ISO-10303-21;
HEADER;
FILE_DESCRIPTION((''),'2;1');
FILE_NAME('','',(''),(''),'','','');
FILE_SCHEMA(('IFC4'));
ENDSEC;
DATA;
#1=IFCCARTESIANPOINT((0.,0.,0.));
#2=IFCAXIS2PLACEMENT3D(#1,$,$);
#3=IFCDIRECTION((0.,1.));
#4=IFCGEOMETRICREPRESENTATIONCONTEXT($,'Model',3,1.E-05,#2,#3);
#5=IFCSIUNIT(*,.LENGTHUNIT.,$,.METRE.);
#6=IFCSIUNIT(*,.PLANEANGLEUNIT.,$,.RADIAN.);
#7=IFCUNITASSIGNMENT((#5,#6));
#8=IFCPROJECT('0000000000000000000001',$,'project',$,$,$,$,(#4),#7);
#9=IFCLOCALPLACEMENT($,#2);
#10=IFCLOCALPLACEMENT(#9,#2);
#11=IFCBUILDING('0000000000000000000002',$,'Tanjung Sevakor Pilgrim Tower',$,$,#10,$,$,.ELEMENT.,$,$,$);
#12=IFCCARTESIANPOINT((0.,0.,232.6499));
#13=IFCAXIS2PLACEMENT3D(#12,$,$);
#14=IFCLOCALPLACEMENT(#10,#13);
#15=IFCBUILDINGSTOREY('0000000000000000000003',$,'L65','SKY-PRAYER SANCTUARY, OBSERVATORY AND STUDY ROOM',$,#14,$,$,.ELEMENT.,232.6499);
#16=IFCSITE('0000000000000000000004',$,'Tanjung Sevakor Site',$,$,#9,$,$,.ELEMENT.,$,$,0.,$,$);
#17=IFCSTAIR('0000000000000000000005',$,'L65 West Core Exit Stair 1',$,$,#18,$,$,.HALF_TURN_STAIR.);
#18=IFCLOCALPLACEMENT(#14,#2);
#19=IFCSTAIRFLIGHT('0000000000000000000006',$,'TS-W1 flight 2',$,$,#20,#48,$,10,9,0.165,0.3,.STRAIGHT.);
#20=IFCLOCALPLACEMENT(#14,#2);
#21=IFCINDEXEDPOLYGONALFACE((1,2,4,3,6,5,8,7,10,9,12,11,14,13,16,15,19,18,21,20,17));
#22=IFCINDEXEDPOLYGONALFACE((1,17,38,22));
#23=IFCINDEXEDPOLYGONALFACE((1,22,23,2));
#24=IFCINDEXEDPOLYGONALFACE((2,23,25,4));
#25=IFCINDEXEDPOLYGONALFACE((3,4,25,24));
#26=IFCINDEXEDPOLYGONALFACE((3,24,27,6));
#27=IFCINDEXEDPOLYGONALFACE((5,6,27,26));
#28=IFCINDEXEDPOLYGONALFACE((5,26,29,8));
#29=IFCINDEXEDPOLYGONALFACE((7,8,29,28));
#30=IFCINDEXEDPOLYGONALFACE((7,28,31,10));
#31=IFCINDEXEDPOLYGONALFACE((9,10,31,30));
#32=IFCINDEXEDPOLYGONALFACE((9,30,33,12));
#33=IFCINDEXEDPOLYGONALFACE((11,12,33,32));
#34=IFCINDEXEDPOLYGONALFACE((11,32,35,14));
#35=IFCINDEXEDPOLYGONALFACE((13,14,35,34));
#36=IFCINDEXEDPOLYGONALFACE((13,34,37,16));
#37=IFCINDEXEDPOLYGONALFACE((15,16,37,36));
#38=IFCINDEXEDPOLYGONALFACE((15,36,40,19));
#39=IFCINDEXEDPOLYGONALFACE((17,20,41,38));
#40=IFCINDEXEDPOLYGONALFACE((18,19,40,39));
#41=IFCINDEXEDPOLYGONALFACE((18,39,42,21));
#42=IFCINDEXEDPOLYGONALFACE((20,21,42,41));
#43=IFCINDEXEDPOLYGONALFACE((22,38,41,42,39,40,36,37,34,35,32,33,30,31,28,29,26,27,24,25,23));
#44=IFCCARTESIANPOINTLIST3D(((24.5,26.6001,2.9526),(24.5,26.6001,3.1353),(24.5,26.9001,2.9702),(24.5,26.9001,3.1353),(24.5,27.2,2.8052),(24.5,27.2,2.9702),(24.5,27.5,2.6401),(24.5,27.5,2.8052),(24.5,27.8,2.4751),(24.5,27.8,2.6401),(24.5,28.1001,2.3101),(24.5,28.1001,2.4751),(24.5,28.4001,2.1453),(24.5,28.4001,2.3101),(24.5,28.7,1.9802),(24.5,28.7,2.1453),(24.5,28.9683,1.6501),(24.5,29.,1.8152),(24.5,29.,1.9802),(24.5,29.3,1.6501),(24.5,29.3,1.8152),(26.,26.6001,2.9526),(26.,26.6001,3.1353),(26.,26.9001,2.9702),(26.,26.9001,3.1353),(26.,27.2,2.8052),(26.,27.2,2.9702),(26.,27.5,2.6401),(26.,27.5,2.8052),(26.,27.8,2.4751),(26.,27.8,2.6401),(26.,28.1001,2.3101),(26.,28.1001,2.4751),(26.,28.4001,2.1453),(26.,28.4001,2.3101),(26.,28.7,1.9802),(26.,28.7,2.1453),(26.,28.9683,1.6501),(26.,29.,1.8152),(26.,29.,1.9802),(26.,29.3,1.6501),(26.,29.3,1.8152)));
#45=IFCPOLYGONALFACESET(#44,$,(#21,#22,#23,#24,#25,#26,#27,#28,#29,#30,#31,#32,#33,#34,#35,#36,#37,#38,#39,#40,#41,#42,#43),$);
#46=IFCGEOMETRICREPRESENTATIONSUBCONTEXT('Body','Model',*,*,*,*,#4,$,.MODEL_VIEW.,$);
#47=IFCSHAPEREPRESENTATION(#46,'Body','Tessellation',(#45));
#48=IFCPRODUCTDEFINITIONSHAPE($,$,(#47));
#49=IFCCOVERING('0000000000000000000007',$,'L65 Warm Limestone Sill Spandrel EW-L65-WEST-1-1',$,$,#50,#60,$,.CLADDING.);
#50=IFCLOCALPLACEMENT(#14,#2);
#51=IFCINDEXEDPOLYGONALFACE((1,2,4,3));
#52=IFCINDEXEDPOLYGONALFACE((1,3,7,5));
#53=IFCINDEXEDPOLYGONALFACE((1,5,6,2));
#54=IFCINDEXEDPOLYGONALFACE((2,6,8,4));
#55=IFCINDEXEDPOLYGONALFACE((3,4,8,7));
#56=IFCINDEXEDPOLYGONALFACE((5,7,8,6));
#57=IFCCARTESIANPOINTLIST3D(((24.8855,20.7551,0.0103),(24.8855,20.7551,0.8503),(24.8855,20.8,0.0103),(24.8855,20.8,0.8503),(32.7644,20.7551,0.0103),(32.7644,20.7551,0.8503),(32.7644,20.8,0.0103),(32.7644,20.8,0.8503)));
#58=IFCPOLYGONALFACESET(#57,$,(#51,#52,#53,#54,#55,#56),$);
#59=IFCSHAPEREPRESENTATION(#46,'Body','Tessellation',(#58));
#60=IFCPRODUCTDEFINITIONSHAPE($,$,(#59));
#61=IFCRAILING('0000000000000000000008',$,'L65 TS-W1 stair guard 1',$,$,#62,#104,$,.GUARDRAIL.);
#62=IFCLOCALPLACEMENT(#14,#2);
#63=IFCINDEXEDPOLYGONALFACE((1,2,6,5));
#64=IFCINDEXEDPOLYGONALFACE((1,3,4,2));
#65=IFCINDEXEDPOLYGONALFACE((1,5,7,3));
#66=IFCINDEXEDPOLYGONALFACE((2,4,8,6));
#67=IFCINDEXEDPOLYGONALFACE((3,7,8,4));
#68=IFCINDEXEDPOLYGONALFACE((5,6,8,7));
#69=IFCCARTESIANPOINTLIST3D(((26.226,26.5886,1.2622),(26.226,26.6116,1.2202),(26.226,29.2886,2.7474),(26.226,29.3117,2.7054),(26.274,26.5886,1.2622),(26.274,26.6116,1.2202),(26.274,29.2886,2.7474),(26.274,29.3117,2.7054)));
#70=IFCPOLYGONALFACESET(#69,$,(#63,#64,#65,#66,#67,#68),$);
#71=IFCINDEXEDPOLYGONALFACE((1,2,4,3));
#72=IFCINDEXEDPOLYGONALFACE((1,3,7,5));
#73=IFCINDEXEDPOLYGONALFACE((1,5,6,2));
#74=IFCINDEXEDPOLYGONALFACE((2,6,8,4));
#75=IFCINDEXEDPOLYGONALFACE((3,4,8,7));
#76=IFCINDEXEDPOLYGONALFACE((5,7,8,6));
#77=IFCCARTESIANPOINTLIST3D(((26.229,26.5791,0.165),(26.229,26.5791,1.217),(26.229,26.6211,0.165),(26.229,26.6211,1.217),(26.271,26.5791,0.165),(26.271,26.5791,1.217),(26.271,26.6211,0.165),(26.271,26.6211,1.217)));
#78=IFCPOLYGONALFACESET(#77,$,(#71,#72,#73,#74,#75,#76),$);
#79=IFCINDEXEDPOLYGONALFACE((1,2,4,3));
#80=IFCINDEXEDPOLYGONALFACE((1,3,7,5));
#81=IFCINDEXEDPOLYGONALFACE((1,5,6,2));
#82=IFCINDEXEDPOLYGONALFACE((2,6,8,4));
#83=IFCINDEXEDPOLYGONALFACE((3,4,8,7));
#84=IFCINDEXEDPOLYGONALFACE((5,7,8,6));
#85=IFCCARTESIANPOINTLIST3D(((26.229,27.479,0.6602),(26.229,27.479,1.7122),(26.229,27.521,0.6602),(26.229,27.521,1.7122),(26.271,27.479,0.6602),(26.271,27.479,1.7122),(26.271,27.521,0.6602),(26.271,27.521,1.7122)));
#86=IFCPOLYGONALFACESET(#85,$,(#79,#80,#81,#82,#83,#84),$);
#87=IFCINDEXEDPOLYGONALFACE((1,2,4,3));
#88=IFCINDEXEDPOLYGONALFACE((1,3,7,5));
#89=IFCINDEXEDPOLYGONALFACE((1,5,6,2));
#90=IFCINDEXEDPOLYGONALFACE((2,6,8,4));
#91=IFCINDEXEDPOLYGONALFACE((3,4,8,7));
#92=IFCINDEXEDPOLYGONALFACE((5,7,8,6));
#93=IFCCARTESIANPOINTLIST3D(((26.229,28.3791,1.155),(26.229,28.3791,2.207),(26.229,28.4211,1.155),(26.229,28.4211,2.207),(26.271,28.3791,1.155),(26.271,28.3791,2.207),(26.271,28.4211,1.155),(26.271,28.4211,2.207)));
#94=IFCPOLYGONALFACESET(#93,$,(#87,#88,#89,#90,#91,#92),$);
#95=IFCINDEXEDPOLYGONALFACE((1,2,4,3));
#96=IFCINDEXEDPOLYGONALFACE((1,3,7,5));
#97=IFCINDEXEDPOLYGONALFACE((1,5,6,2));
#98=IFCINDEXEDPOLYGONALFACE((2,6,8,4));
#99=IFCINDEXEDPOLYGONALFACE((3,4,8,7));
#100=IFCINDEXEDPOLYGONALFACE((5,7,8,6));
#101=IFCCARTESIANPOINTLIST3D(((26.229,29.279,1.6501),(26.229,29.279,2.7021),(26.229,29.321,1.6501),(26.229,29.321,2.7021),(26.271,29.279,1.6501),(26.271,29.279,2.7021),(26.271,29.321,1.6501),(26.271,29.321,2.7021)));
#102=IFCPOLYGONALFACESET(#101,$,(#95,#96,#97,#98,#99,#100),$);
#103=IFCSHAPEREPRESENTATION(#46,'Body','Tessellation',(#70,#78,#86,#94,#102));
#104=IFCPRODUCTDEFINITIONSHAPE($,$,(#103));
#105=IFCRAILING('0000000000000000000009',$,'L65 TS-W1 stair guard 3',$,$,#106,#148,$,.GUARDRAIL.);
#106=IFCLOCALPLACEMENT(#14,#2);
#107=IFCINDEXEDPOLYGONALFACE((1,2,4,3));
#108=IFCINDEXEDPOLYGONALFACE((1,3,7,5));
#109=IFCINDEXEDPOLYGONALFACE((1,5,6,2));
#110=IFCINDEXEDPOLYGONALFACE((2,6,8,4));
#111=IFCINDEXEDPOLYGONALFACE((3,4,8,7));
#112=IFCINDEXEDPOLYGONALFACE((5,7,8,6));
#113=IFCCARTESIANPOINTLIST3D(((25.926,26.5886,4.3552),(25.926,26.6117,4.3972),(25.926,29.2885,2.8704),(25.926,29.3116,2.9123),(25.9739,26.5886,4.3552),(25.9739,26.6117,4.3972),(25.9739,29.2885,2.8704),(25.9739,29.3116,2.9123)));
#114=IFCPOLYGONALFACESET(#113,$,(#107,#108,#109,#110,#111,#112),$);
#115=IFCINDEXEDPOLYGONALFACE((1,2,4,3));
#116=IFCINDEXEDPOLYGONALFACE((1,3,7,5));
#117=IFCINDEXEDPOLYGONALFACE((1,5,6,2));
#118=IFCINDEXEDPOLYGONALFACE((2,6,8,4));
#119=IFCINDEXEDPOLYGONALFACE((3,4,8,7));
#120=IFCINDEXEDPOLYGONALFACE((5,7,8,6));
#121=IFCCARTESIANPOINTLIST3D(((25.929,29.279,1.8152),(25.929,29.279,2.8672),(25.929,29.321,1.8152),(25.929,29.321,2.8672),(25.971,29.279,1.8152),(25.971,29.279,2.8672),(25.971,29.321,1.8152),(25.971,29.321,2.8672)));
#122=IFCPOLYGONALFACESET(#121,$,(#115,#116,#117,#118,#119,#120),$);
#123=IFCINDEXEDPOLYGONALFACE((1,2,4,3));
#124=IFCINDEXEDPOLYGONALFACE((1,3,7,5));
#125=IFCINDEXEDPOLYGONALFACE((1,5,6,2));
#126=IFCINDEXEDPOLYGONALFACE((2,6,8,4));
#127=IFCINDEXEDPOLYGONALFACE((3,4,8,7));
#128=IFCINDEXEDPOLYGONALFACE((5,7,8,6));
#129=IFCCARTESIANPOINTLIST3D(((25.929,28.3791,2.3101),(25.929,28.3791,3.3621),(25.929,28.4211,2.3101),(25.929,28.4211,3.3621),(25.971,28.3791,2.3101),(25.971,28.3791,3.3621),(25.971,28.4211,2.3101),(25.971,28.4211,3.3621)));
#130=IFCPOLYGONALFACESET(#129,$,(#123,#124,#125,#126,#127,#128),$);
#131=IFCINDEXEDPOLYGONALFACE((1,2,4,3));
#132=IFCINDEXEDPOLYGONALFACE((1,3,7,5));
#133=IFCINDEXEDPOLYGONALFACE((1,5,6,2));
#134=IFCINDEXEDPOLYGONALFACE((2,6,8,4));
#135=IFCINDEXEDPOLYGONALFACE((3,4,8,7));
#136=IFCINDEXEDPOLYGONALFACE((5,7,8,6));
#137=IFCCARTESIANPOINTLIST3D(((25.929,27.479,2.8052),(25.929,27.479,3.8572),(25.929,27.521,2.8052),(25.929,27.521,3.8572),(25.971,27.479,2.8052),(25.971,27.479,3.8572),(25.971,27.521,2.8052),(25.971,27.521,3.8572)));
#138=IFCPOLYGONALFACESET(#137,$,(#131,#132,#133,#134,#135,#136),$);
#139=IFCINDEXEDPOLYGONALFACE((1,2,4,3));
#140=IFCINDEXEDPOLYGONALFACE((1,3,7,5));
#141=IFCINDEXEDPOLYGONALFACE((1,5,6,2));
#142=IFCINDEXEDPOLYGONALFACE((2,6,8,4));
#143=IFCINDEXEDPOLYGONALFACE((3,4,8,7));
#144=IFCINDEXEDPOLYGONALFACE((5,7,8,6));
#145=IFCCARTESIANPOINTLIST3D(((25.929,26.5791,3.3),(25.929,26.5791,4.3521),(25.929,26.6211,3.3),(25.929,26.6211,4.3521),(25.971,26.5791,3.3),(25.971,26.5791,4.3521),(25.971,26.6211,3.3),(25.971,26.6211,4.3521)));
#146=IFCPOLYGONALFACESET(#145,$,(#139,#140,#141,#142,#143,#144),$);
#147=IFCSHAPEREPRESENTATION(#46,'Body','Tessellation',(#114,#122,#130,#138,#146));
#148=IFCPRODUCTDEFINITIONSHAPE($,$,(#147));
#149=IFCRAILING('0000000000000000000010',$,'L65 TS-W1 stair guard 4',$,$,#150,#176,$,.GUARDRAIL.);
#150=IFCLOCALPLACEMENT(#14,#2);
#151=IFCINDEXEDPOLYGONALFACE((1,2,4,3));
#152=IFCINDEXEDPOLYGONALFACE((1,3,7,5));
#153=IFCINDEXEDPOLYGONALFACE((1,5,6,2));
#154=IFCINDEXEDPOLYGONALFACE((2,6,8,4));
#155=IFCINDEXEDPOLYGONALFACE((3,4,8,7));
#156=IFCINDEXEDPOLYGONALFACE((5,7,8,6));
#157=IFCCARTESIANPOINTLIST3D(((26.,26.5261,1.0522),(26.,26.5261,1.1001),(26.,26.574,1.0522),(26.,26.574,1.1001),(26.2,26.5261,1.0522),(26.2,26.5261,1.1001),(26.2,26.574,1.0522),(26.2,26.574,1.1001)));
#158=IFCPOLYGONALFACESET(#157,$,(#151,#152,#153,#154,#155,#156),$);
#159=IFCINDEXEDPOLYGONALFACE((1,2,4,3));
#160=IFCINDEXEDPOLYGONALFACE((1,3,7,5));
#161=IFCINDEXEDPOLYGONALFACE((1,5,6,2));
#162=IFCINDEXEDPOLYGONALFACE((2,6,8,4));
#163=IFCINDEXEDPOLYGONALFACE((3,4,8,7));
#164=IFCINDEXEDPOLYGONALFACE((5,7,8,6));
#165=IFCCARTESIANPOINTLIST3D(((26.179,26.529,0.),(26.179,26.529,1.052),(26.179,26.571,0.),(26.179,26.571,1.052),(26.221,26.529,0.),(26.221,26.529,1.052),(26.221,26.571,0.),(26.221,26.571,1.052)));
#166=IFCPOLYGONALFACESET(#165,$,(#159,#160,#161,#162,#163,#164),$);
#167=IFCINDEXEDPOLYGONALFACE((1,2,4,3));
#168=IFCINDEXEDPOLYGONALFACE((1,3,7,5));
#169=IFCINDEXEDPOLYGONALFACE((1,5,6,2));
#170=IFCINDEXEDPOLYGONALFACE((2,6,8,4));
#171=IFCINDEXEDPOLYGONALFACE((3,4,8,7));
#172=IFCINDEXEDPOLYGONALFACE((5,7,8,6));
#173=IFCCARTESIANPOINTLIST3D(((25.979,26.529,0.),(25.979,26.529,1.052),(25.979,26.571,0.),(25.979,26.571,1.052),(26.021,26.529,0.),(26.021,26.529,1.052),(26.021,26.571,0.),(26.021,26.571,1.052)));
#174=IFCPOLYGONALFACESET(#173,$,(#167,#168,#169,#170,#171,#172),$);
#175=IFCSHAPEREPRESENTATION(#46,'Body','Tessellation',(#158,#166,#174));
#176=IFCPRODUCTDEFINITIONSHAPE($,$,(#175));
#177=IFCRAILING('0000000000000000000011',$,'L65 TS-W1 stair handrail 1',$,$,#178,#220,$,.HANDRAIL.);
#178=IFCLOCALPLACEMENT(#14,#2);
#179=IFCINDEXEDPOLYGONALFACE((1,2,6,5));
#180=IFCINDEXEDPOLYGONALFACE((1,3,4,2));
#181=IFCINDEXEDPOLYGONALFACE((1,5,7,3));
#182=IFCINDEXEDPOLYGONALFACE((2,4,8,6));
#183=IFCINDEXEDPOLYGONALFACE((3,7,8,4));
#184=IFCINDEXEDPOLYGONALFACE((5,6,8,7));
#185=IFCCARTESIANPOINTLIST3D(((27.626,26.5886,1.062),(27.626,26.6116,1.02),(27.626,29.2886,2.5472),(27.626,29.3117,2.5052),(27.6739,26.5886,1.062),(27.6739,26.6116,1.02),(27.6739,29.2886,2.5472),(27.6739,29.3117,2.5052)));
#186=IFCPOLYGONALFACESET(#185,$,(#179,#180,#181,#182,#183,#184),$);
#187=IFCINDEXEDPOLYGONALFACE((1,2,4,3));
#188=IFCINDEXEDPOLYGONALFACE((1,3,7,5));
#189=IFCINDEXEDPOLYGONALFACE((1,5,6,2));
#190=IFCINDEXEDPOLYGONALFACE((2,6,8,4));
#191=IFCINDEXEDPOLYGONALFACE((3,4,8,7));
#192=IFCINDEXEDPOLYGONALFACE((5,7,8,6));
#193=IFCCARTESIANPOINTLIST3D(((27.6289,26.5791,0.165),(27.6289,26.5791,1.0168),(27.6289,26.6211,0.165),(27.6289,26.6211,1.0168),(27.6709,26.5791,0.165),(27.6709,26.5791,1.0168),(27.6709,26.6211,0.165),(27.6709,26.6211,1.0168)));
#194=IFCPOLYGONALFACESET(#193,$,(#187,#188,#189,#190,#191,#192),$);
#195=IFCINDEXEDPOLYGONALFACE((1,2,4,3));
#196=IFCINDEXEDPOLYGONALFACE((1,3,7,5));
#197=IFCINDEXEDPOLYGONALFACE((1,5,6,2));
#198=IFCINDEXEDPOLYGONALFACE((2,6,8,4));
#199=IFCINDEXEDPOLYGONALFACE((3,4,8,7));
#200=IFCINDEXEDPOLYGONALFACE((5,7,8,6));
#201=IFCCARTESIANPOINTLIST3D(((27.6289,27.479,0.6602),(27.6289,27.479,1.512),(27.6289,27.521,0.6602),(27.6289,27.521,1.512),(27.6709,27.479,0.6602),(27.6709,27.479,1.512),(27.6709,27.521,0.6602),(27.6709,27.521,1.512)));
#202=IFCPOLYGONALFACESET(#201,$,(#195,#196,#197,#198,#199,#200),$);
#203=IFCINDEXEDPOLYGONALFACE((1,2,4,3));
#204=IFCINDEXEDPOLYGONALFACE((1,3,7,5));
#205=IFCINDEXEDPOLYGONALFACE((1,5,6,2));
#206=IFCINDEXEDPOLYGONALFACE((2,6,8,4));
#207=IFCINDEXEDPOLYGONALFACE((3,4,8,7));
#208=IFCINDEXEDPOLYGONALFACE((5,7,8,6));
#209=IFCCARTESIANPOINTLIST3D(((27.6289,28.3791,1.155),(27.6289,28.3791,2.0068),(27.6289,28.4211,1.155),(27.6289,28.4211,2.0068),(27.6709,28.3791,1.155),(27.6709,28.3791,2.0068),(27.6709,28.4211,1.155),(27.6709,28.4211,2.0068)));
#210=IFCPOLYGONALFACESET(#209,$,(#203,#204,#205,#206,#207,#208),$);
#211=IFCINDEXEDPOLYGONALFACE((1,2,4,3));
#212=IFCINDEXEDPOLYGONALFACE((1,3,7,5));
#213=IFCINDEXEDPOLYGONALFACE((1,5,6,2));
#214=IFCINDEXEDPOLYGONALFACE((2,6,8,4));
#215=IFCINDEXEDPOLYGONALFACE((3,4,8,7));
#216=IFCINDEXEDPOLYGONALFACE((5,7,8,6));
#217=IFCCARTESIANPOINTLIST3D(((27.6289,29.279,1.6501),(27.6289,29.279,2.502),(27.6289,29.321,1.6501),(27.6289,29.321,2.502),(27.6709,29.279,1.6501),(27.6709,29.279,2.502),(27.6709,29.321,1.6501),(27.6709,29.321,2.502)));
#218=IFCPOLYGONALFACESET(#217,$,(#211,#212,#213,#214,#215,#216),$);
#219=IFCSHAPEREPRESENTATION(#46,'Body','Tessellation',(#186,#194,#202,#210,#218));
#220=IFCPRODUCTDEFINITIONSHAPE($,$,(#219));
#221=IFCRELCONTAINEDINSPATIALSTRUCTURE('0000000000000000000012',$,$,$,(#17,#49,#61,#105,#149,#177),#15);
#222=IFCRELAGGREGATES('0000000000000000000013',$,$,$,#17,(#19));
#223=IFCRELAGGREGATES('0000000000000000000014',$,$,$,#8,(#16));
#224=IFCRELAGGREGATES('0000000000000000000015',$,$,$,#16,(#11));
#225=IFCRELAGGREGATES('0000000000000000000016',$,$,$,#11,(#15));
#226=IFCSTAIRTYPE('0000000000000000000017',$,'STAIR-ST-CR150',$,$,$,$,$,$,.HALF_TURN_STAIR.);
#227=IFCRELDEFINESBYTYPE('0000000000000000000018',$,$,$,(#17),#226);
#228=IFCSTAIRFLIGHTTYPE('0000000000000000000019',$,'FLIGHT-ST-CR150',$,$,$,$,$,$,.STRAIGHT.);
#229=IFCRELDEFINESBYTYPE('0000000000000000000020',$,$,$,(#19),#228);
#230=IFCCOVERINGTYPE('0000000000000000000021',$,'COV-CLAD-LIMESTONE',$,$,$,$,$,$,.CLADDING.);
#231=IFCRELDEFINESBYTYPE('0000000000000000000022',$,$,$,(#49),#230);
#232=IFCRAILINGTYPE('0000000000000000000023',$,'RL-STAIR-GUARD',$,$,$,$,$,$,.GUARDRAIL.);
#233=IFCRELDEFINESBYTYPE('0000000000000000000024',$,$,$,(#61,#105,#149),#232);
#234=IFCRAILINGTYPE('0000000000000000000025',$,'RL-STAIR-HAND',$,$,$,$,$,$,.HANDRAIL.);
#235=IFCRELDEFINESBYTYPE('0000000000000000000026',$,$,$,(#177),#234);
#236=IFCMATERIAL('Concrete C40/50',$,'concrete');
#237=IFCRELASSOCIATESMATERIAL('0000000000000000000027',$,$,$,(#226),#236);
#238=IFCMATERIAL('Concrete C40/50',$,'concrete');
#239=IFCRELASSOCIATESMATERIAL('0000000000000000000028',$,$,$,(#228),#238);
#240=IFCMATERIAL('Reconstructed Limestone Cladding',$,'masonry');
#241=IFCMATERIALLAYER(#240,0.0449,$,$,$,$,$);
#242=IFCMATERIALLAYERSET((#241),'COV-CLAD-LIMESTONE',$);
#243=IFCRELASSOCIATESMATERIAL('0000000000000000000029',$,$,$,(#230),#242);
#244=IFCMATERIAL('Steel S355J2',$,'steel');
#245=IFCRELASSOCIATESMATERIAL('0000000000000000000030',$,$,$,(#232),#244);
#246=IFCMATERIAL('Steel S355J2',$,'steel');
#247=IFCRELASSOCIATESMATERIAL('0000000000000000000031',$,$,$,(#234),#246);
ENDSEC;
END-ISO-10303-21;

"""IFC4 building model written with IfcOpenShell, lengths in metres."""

from ifc_helpers import new_model, si_unit, direction, frame, origin, origin_2d, place, context, subcontext, project, spatial, polyline, rectangle, outline, extrude, material, layer, layer_set, type_object, element, aggregate, save


model = new_model("IFC4")

# Units and contexts
model_context = context("Model", 3, precision=1e-05, world=origin(), true_north=direction((0.0, 1.0)))
body_context = subcontext(model_context, "Body", "Model", "MODEL_VIEW")
ifc_project = project(units=[si_unit("LENGTHUNIT", "METRE"), si_unit("PLANEANGLEUNIT", "RADIAN")], contexts=[model_context])

# Site, building, storey
site_placement = place(None, origin())
site = spatial("IfcSite", under=ifc_project, at=site_placement, Name="Tanjung Sevakor Site", CompositionType="ELEMENT", RefElevation=0.0)
building_placement = place(site_placement, origin())
building = spatial("IfcBuilding", under=site, at=building_placement, Name="Tanjung Sevakor Pilgrim Tower", CompositionType="ELEMENT")
storey_placement = place(building_placement, frame((0.0, 0.0, 232.6499)))
storey = spatial("IfcBuildingStorey", under=building, at=storey_placement, Name="L65", Description="SKY-PRAYER SANCTUARY, OBSERVATORY AND STUDY ROOM", CompositionType="ELEMENT", Elevation=232.6499)

# Stair, stair flight
ifc_material_1 = material(Name="Concrete C40/50", Category="concrete")
stair_type = type_object("IfcStairType", Name="STAIR-ST-CR150", PredefinedType="HALF_TURN_STAIR", material=ifc_material_1)
stair_placement = place(storey_placement, origin())
stair = element("IfcStair", 1, at=stair_placement, inside=storey, type_object=stair_type, Name="L65 West Core Exit Stair 1", PredefinedType="HALF_TURN_STAIR")
ifc_material_2 = material(Name="Concrete C40/50", Category="concrete")
stair_flight_type = type_object("IfcStairFlightType", Name="FLIGHT-ST-CR150", PredefinedType="STRAIGHT", material=ifc_material_2)
stair_flight_1_placement = place(storey_placement, frame((25.25, 29.3, 1.6501), z_axis=(0.0, 0.0, 1.0), x_axis=(0.0, -1.0, 0.0)))
stair_flight_1 = element("IfcStairFlight", 2, at=stair_flight_1_placement, type_object=stair_flight_type, Name="TS-W1 flight 2", NumberOfRisers=10, NumberOfTreads=9, PredefinedType="STRAIGHT", RiserHeight=0.165, TreadLength=0.3, context=body_context, shape_type="SweptSolid", body=[
    extrude(outline(polyline([(0.0, 0.0), (0.0, 0.165), (0.3, 0.165), (0.3, 0.3301), (0.6001, 0.3301), (0.6001, 0.4951), (0.8999, 0.4951), (0.8999, 0.6599), (1.2, 0.6599), (1.2, 0.825), (1.5, 0.825), (1.5, 0.99), (1.8, 0.99), (1.8, 1.155), (2.1001, 1.155), (2.1001, 1.3201), (2.3999, 1.3201), (2.3999, 1.4851), (2.7, 1.4851), (2.7, 1.6499), (2.7, 1.3025), (0.3318, 0.0), (0.0, 0.0)])), frame((0.0, 0.75, 0.0), z_axis=(0.0, -1.0, 0.0), x_axis=(1.0, 0.0, 0.0)), (0.0, 0.0, 1.0), 1.5),
])
aggregate(stair, [stair_flight_1])

# Covering
ifc_material_3 = material(Name="Reconstructed Limestone Cladding", Category="masonry")
ifc_layer_1 = layer(ifc_material_3, 0.0449)
ifc_layer_set_1 = layer_set([ifc_layer_1], Name="COV-CLAD-LIMESTONE")
covering_type = type_object("IfcCoveringType", Name="COV-CLAD-LIMESTONE", PredefinedType="CLADDING", material=ifc_layer_set_1)
covering_placement = place(storey_placement, frame((28.825, 20.7776, 0.0103), z_axis=(0.0, 0.0, 1.0), x_axis=(1.0, 0.0, 0.0)))
element("IfcCovering", 3, at=covering_placement, inside=storey, type_object=covering_type, Name="L65 Warm Limestone Sill Spandrel EW-L65-WEST-1-1", PredefinedType="CLADDING", context=body_context, shape_type="SweptSolid", body=[
    extrude(rectangle(XDim=7.8789, YDim=0.0449, at=origin_2d()), origin(), (0.0, 0.0, 1.0), 0.8401),
])

# Railings
ifc_material_4 = material(Name="Steel S355J2", Category="steel")
railing_type_1 = type_object("IfcRailingType", Name="RL-STAIR-GUARD", PredefinedType="GUARDRAIL", material=ifc_material_4)
railing_1_placement = place(storey_placement, frame((26.25, 26.6001, 0.165)))
element("IfcRailing", 4, at=railing_1_placement, inside=storey, type_object=railing_type_1, Name="L65 TS-W1 stair guard 1", PredefinedType="GUARDRAIL", context=body_context, shape_type="SweptSolid", body=[
    extrude(rectangle(XDim=0.0479, YDim=0.0479), frame((0.0, 0.0, 1.0762), z_axis=(0.0, 0.876198, 0.481952), x_axis=(-1.0, 0.0, 0.0)), (0.0, 0.0, 1.0), 3.0815),
    extrude(rectangle(XDim=0.042, YDim=0.042), origin(), (0.0, 0.0, 1.0), 1.052),
    extrude(rectangle(XDim=0.042, YDim=0.042), frame((0.0, 0.8999, 0.4951)), (0.0, 0.0, 1.0), 1.052),
    extrude(rectangle(XDim=0.042, YDim=0.042), frame((0.0, 1.8, 0.99)), (0.0, 0.0, 1.0), 1.052),
    extrude(rectangle(XDim=0.042, YDim=0.042), frame((0.0, 2.7, 1.4851)), (0.0, 0.0, 1.0), 1.052),
])
railing_2_placement = place(storey_placement, frame((25.95, 29.3, 1.8152)))
element("IfcRailing", 5, at=railing_2_placement, inside=storey, type_object=railing_type_1, Name="L65 TS-W1 stair guard 3", PredefinedType="GUARDRAIL", context=body_context, shape_type="SweptSolid", body=[
    extrude(rectangle(XDim=0.0479, YDim=0.0479), frame((0.0, 0.0, 1.0762), z_axis=(0.0, -0.876231, 0.481891), x_axis=(1.0, 0.0, 0.0)), (0.0, 0.0, 1.0), 3.0813),
    extrude(rectangle(XDim=0.042, YDim=0.042), origin(), (0.0, 0.0, 1.0), 1.052),
    extrude(rectangle(XDim=0.042, YDim=0.042), frame((0.0, -0.8999, 0.4949)), (0.0, 0.0, 1.0), 1.052),
    extrude(rectangle(XDim=0.042, YDim=0.042), frame((0.0, -1.8, 0.99)), (0.0, 0.0, 1.0), 1.052),
    extrude(rectangle(XDim=0.042, YDim=0.042), frame((0.0, -2.7, 1.4849)), (0.0, 0.0, 1.0), 1.052),
])
railing_3_placement = place(storey_placement, frame((26.2, 26.55, 0.0)))
element("IfcRailing", 6, at=railing_3_placement, inside=storey, type_object=railing_type_1, Name="L65 TS-W1 stair guard 4", PredefinedType="GUARDRAIL", context=body_context, shape_type="SweptSolid", body=[
    extrude(rectangle(XDim=0.0479, YDim=0.0479), frame((0.0, 0.0, 1.0762), z_axis=(-1.0, 0.0, 0.0), x_axis=(0.0, -1.0, 0.0)), (0.0, 0.0, 1.0), 0.2),
    extrude(rectangle(XDim=0.042, YDim=0.042), origin(), (0.0, 0.0, 1.0), 1.052),
    extrude(rectangle(XDim=0.042, YDim=0.042), frame((-0.2, 0.0, 0.0)), (0.0, 0.0, 1.0), 1.052),
])
ifc_material_5 = material(Name="Steel S355J2", Category="steel")
railing_type_2 = type_object("IfcRailingType", Name="RL-STAIR-HAND", PredefinedType="HANDRAIL", material=ifc_material_5)
railing_4_placement = place(storey_placement, frame((27.6499, 26.6001, 0.165)))
element("IfcRailing", 7, at=railing_4_placement, inside=storey, type_object=railing_type_2, Name="L65 TS-W1 stair handrail 1", PredefinedType="HANDRAIL", context=body_context, shape_type="SweptSolid", body=[
    extrude(rectangle(XDim=0.0479, YDim=0.0479), frame((0.0, 0.0, 0.876), z_axis=(0.0, 0.876198, 0.481952), x_axis=(-1.0, 0.0, 0.0)), (0.0, 0.0, 1.0), 3.0815),
    extrude(rectangle(XDim=0.042, YDim=0.042), origin(), (0.0, 0.0, 1.0), 0.8518),
    extrude(rectangle(XDim=0.042, YDim=0.042), frame((0.0, 0.8999, 0.4951)), (0.0, 0.0, 1.0), 0.8518),
    extrude(rectangle(XDim=0.042, YDim=0.042), frame((0.0, 1.8, 0.99)), (0.0, 0.0, 1.0), 0.8518),
    extrude(rectangle(XDim=0.042, YDim=0.042), frame((0.0, 2.7, 1.4851)), (0.0, 0.0, 1.0), 0.8518),
])

save(model, "model.ifc")
